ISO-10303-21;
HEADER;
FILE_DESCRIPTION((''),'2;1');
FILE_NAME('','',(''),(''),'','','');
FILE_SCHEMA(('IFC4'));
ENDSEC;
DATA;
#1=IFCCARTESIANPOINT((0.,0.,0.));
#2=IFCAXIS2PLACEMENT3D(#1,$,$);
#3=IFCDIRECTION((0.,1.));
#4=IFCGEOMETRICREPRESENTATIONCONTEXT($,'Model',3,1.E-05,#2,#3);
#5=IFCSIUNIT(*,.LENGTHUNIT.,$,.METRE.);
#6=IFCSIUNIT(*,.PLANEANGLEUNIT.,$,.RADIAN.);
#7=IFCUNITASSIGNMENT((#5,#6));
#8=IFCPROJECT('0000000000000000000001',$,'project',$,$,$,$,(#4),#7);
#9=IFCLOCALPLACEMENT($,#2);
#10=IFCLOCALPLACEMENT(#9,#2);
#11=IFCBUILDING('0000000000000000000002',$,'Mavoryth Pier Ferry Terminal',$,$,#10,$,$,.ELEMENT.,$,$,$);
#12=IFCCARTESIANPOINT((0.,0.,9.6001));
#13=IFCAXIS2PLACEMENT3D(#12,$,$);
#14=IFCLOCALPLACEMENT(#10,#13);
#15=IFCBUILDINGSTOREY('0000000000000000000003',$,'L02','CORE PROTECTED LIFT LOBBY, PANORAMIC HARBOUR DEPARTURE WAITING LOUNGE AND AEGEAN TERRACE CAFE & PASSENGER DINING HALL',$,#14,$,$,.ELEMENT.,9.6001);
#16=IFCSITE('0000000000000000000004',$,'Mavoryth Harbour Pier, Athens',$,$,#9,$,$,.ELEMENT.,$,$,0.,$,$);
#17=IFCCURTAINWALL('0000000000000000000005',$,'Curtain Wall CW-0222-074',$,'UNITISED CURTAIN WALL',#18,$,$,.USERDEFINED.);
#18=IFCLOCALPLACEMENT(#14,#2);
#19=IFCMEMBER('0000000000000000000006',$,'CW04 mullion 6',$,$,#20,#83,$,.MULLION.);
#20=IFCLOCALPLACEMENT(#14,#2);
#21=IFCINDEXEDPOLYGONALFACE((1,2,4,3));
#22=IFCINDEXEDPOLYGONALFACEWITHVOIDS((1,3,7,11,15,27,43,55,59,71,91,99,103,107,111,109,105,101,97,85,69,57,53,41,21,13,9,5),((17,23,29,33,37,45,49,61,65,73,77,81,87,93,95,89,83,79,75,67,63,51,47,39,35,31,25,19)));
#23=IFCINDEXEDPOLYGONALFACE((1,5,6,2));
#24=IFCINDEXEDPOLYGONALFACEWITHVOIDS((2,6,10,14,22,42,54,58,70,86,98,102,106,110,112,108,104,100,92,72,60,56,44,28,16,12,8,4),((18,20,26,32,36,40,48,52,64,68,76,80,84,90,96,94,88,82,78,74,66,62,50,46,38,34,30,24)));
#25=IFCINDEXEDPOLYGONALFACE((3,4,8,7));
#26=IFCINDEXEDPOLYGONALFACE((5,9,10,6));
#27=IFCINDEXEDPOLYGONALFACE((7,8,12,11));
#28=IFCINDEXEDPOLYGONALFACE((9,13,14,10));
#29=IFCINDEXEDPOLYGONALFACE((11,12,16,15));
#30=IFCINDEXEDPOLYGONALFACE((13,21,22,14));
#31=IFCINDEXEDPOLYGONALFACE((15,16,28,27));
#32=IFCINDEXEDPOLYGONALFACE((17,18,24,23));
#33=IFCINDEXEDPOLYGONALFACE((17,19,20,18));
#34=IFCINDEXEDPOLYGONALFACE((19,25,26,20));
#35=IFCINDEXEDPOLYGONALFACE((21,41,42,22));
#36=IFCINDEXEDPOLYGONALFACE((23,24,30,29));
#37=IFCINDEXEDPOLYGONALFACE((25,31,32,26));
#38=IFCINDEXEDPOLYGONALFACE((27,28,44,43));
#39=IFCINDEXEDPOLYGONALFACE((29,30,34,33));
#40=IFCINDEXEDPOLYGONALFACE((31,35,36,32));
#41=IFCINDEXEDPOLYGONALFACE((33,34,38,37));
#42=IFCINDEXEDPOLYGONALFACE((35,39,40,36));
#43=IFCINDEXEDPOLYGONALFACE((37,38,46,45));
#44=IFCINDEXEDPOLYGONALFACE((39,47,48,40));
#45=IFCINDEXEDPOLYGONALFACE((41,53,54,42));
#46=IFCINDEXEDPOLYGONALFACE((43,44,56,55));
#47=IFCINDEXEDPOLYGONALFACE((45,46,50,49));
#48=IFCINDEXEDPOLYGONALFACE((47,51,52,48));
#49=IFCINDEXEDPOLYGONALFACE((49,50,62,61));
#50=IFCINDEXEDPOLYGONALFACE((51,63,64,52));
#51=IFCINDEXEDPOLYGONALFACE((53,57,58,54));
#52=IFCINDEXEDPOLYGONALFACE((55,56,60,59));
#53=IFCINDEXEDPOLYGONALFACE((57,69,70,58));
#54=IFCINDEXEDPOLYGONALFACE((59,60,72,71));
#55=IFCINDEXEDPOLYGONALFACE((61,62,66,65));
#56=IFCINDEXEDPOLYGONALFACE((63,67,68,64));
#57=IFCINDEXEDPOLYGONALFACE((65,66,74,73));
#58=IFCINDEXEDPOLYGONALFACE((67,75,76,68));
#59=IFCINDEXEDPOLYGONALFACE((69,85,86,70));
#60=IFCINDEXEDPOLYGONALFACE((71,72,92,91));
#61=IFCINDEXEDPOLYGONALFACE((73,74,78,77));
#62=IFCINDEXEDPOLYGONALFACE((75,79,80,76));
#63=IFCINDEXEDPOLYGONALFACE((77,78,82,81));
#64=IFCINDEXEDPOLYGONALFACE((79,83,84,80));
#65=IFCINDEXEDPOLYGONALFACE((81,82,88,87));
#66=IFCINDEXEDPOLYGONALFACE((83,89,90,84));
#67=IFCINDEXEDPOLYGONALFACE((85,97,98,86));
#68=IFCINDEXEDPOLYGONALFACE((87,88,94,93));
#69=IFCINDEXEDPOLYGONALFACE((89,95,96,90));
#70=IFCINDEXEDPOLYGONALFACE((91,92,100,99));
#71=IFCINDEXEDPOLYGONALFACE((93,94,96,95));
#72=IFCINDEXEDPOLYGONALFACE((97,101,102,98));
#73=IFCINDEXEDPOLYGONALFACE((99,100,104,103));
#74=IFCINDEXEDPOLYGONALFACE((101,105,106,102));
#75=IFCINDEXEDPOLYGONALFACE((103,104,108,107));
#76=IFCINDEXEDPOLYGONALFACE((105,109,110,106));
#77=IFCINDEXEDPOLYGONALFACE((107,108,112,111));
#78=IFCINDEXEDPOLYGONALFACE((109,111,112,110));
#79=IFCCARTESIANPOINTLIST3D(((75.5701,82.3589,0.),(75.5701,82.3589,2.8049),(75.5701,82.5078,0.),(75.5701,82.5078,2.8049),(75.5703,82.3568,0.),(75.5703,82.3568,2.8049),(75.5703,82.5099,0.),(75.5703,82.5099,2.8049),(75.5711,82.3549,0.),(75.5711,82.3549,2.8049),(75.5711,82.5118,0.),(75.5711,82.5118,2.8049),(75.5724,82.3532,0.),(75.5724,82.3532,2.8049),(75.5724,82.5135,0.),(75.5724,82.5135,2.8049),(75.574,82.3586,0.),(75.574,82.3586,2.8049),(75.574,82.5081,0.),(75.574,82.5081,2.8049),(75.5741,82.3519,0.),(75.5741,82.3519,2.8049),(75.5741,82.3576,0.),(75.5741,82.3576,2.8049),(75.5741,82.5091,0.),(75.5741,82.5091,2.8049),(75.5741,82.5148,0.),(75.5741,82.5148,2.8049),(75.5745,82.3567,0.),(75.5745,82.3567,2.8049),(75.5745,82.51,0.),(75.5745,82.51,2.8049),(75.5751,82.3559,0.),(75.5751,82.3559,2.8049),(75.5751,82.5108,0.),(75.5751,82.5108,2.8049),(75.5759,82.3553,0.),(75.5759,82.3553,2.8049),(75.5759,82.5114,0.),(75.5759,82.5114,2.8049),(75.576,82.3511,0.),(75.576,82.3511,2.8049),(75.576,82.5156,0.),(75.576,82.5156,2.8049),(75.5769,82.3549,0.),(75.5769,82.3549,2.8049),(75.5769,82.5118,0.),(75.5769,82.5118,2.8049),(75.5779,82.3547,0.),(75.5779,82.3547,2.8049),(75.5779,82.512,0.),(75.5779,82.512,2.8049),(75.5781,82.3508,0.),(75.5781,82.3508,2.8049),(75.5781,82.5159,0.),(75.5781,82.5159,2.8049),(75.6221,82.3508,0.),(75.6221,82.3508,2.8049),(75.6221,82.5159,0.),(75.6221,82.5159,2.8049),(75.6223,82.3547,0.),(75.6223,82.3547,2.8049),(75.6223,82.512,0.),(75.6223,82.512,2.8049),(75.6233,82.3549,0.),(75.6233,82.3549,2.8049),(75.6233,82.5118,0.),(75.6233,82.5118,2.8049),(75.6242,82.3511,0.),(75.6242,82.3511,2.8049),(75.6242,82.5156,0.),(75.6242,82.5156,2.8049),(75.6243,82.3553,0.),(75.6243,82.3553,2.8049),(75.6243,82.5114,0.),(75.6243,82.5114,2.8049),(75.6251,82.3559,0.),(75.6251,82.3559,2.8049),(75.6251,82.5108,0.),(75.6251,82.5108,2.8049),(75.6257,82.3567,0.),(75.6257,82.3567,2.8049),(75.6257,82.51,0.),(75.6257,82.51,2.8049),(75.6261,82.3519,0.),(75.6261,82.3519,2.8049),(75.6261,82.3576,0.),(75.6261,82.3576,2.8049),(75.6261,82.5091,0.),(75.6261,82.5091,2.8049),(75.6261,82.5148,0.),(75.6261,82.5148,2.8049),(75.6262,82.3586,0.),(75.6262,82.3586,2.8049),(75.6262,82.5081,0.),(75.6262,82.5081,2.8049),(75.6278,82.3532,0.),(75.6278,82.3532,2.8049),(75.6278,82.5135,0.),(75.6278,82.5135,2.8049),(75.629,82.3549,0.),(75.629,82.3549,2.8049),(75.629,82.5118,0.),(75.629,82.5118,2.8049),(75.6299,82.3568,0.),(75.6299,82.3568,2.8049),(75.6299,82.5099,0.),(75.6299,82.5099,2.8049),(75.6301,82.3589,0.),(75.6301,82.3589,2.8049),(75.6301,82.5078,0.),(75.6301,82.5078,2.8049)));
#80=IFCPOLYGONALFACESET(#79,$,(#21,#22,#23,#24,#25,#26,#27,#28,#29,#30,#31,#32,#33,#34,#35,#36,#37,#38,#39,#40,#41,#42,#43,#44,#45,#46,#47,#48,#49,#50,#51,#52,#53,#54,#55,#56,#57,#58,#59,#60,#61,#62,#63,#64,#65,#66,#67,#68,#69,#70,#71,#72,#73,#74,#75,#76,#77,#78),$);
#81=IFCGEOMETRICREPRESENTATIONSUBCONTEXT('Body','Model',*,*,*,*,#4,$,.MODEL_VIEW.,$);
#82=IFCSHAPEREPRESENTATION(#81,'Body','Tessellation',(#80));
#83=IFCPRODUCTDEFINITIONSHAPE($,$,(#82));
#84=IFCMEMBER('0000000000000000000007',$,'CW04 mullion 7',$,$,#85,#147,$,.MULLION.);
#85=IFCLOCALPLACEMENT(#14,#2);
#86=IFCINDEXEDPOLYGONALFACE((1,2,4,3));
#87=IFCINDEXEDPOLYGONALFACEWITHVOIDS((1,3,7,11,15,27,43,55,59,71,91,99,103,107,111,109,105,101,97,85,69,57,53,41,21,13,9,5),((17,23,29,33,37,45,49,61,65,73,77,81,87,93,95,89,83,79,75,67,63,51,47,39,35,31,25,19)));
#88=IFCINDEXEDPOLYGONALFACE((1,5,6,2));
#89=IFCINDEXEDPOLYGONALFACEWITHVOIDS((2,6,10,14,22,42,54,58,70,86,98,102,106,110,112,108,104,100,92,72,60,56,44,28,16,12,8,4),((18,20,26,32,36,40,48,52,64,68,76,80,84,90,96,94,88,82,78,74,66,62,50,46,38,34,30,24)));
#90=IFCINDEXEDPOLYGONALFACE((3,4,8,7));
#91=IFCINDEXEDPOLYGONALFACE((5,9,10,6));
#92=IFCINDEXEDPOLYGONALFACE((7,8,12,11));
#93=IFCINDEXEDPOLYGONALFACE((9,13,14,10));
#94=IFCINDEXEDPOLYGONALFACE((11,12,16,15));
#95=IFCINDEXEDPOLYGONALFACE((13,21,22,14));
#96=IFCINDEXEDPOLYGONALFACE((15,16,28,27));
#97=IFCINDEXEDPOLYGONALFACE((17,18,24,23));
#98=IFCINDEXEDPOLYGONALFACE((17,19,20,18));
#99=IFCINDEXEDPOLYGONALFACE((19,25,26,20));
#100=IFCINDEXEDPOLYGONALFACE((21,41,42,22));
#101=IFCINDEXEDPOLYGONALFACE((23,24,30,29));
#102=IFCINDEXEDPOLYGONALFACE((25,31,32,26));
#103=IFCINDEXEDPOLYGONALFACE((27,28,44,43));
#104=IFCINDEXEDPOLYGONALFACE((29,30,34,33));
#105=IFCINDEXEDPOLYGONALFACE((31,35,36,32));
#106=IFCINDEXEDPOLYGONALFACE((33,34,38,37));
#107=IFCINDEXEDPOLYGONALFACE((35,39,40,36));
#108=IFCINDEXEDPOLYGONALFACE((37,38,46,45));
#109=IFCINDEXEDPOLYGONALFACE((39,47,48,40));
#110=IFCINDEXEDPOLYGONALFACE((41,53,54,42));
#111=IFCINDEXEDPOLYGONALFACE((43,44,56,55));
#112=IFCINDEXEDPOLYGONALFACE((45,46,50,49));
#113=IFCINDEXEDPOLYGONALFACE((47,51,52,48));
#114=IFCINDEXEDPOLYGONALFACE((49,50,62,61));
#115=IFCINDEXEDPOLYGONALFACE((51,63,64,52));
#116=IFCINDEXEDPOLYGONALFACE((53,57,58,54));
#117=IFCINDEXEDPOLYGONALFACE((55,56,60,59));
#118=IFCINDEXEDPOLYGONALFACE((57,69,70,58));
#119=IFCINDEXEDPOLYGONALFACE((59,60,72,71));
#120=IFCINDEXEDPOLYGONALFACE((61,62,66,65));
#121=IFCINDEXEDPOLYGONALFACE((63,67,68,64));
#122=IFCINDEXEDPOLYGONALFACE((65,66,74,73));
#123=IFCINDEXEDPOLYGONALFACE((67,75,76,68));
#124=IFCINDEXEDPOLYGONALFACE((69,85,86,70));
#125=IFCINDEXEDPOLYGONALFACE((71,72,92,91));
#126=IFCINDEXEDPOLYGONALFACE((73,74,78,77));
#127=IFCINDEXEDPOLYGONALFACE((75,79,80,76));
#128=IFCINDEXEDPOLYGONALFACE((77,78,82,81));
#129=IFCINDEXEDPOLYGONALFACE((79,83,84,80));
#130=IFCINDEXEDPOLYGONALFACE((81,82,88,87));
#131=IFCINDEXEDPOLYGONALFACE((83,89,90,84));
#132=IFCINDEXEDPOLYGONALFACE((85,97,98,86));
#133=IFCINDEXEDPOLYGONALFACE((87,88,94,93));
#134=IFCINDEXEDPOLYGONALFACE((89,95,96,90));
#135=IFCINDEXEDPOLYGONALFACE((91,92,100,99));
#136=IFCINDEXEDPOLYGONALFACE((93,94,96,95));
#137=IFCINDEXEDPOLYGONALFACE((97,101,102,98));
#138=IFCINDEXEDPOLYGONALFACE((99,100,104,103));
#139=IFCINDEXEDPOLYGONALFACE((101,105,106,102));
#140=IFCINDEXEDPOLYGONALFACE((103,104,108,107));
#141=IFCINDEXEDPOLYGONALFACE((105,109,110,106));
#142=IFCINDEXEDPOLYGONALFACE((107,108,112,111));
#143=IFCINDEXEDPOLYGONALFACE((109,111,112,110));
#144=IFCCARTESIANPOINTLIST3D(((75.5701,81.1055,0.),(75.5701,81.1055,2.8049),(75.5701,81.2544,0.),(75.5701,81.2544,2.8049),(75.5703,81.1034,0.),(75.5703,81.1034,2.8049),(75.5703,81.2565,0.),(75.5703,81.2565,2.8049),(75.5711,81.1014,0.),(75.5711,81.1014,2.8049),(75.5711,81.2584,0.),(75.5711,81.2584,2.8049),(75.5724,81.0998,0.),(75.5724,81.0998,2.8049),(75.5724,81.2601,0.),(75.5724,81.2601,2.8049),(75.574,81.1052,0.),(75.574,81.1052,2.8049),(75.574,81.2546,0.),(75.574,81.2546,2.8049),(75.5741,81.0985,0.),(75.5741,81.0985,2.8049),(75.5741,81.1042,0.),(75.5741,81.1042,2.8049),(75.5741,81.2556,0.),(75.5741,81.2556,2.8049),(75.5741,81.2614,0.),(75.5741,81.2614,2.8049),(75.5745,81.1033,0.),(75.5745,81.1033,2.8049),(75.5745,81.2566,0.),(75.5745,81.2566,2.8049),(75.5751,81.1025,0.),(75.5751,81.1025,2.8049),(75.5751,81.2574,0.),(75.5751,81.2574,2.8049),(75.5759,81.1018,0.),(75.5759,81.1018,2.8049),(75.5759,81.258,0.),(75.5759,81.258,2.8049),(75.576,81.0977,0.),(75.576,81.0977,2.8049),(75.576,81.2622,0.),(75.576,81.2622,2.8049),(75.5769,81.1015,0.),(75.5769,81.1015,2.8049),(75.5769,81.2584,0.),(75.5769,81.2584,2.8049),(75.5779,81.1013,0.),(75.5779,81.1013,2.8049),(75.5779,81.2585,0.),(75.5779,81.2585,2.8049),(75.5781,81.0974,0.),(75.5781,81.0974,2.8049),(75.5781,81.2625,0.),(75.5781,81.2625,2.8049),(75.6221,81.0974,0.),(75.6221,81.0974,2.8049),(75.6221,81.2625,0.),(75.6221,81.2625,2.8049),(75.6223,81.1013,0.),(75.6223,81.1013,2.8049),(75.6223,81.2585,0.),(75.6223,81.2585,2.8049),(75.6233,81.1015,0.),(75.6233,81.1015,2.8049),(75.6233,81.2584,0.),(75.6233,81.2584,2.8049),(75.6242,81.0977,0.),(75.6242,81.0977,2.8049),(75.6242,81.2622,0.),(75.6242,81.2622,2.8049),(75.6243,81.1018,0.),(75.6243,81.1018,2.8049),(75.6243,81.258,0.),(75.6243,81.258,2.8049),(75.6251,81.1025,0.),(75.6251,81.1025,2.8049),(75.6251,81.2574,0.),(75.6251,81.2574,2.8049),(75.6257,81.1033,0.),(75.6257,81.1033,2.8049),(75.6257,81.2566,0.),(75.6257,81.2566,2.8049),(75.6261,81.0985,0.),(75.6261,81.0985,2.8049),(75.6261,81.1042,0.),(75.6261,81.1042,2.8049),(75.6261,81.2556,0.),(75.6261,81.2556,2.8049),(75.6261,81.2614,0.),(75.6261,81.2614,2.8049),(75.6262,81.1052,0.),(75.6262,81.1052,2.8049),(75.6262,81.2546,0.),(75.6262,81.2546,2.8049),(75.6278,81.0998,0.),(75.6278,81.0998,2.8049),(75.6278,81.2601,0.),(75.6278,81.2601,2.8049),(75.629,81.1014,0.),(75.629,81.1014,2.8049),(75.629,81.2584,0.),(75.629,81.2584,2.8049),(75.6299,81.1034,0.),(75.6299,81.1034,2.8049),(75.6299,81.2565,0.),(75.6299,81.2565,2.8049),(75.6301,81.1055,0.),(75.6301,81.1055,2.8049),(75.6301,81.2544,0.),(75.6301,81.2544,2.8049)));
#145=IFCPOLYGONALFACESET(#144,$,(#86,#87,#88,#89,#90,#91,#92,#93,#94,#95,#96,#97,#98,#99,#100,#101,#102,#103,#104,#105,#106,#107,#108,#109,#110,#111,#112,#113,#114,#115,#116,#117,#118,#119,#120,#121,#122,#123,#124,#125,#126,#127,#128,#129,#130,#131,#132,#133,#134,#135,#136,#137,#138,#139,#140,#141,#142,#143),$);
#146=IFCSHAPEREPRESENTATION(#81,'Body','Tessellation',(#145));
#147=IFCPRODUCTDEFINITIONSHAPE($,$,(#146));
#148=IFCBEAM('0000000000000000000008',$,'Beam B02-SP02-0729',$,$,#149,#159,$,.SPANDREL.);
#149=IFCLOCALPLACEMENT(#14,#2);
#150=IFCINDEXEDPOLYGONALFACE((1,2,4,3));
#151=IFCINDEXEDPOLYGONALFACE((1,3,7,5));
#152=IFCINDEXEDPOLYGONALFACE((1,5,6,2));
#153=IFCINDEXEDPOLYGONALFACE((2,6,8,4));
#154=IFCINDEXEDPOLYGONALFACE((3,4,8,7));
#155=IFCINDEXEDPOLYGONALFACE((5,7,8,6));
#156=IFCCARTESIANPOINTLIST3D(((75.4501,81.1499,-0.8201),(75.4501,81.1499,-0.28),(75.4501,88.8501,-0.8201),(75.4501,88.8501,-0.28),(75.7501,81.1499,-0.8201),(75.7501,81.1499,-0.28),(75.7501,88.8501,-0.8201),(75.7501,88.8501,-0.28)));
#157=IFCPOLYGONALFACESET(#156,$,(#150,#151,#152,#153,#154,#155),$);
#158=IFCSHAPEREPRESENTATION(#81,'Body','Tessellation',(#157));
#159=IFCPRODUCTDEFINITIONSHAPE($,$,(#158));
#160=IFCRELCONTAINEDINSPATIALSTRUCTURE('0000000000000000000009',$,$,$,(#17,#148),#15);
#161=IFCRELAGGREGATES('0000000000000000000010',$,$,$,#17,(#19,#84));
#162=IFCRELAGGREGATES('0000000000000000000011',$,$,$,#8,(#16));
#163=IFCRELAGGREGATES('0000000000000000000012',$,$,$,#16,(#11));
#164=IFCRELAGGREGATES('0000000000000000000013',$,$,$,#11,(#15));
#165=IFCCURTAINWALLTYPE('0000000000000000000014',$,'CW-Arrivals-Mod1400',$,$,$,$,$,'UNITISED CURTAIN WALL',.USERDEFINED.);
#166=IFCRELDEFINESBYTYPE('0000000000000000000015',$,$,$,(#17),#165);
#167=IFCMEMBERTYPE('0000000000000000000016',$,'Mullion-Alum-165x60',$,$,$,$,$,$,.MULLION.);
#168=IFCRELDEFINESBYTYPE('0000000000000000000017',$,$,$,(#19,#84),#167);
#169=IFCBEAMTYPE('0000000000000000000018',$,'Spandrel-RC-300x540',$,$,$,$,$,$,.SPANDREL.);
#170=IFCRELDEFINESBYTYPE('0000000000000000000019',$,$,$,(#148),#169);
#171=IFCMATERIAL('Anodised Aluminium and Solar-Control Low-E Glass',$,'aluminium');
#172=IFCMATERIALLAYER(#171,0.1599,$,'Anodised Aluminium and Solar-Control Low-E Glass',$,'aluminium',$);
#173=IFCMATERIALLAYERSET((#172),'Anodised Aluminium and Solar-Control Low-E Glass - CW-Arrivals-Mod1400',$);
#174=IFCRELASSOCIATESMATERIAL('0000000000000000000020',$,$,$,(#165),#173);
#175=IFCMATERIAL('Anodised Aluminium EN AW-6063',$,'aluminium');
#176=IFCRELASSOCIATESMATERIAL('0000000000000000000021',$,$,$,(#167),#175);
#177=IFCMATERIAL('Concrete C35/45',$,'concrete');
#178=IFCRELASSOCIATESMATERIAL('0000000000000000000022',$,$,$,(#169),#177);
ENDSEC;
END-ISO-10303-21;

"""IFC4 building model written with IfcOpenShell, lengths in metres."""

from ifc_helpers import new_model, si_unit, direction, frame, origin, origin_2d, place, context, subcontext, project, spatial, rectangle, hollow_rectangle, extrude, material, layer, layer_set, material_profile, profile_set, type_object, element, aggregate, save


model = new_model("IFC4")

# Units and contexts
model_context = context("Model", 3, precision=1e-05, world=origin(), true_north=direction((0.0, 1.0)))
body_context = subcontext(model_context, "Body", "Model", "MODEL_VIEW")
ifc_project = project(units=[si_unit("LENGTHUNIT", "METRE"), si_unit("PLANEANGLEUNIT", "RADIAN")], contexts=[model_context])

# Site, building, storey
site_placement = place(None, origin())
site = spatial("IfcSite", under=ifc_project, at=site_placement, Name="Mavoryth Harbour Pier, Athens", CompositionType="ELEMENT", RefElevation=0.0)
building_placement = place(site_placement, origin())
building = spatial("IfcBuilding", under=site, at=building_placement, Name="Mavoryth Pier Ferry Terminal", CompositionType="ELEMENT")
storey_placement = place(building_placement, frame((0.0, 0.0, 9.6001)))
storey = spatial("IfcBuildingStorey", under=building, at=storey_placement, Name="L02", Description="CORE PROTECTED LIFT LOBBY, PANORAMIC HARBOUR DEPARTURE WAITING LOUNGE AND AEGEAN TERRACE CAFE & PASSENGER DINING HALL", CompositionType="ELEMENT", Elevation=9.6001)

# Shared definitions
ifc_material_1 = material(Name="Concrete C35/45", Category="concrete")

# Shared definitions
ifc_material_2 = material(Name="Anodised Aluminium and Solar-Control Low-E Glass", Category="aluminium")
ifc_layer_1 = layer(ifc_material_2, 0.1599, Name="Anodised Aluminium and Solar-Control Low-E Glass", Category="aluminium")
ifc_layer_set_1 = layer_set([ifc_layer_1], Name="Anodised Aluminium and Solar-Control Low-E Glass - CW-Arrivals-Mod1400")
curtain_wall_type = type_object("IfcCurtainWallType", Name="CW-Arrivals-Mod1400", ElementType="UNITISED CURTAIN WALL", PredefinedType="USERDEFINED", material=ifc_layer_set_1)
ifc_material_3 = material(Name="Anodised Aluminium EN AW-6063", Category="aluminium")
ifc_material_profile_1 = material_profile(ifc_material_3, hollow_rectangle(XDim=0.0601, YDim=0.165, WallThickness=0.0039, InnerFilletRadius=0.0039, OuterFilletRadius=0.0081, at=origin_2d()), Name="AL-MULL 165x60x4", Category="aluminium")
ifc_profile_set_1 = profile_set([ifc_material_profile_1], Name="Anodised Aluminium EN AW-6063 - AL-MULL 165x60x4")
member_type_1 = type_object("IfcMemberType", Name="Mullion-Alum-165x60", PredefinedType="MULLION", material=ifc_profile_set_1)

# Curtain wall, members
curtain_wall_1_placement = place(storey_placement, origin())
curtain_wall_1 = element("IfcCurtainWall", 1, at=curtain_wall_1_placement, inside=storey, type_object=curtain_wall_type, Name="Curtain Wall CW-0222-074", ObjectType="UNITISED CURTAIN WALL", PredefinedType="USERDEFINED")
member_1_placement = place(storey_placement, frame((75.6001, 82.4333, 0.0), z_axis=(0.0, 0.0, 1.0), x_axis=(1.0, 0.0, 0.0)))
member_1 = element("IfcMember", 2, at=member_1_placement, type_object=member_type_1, Name="CW04 mullion 6", PredefinedType="MULLION", context=body_context, shape_type="SweptSolid", body=[
    extrude(hollow_rectangle(XDim=0.0601, YDim=0.165, WallThickness=0.0039, InnerFilletRadius=0.0039, OuterFilletRadius=0.0081, at=origin_2d()), origin(), (0.0, 0.0, 1.0), 2.8049),
])
member_2_placement = place(storey_placement, frame((75.6001, 81.1799, 0.0), z_axis=(0.0, 0.0, 1.0), x_axis=(1.0, 0.0, 0.0)))
member_2 = element("IfcMember", 3, at=member_2_placement, type_object=member_type_1, Name="CW04 mullion 7", PredefinedType="MULLION", context=body_context, shape_type="SweptSolid", body=[
    extrude(hollow_rectangle(XDim=0.0601, YDim=0.165, WallThickness=0.0039, InnerFilletRadius=0.0039, OuterFilletRadius=0.0081, at=origin_2d()), origin(), (0.0, 0.0, 1.0), 2.8049),
])

# Beam
ifc_material_profile_2 = material_profile(ifc_material_1, rectangle(XDim=0.3, YDim=0.54, at=origin_2d()), Name="RC 300x540", Category="concrete")
ifc_profile_set_2 = profile_set([ifc_material_profile_2], Name="Concrete C35/45 - RC 300x540")
beam_type_1 = type_object("IfcBeamType", Name="Spandrel-RC-300x540", PredefinedType="SPANDREL", material=ifc_profile_set_2)
beam_1_placement = place(storey_placement, frame((75.6001, 81.1499, -0.55), z_axis=(0.0, 1.0, 0.0), x_axis=(-1.0, 0.0, 0.0)))
element("IfcBeam", 4, at=beam_1_placement, inside=storey, type_object=beam_type_1, Name="Beam B02-SP02-0729", PredefinedType="SPANDREL", context=body_context, shape_type="SweptSolid", body=[
    extrude(rectangle(XDim=0.3, YDim=0.54, at=origin_2d()), origin(), (0.0, 0.0, 1.0), 7.7002),
])

aggregate(curtain_wall_1, [member_1, member_2])

save(model, "model.ifc")
